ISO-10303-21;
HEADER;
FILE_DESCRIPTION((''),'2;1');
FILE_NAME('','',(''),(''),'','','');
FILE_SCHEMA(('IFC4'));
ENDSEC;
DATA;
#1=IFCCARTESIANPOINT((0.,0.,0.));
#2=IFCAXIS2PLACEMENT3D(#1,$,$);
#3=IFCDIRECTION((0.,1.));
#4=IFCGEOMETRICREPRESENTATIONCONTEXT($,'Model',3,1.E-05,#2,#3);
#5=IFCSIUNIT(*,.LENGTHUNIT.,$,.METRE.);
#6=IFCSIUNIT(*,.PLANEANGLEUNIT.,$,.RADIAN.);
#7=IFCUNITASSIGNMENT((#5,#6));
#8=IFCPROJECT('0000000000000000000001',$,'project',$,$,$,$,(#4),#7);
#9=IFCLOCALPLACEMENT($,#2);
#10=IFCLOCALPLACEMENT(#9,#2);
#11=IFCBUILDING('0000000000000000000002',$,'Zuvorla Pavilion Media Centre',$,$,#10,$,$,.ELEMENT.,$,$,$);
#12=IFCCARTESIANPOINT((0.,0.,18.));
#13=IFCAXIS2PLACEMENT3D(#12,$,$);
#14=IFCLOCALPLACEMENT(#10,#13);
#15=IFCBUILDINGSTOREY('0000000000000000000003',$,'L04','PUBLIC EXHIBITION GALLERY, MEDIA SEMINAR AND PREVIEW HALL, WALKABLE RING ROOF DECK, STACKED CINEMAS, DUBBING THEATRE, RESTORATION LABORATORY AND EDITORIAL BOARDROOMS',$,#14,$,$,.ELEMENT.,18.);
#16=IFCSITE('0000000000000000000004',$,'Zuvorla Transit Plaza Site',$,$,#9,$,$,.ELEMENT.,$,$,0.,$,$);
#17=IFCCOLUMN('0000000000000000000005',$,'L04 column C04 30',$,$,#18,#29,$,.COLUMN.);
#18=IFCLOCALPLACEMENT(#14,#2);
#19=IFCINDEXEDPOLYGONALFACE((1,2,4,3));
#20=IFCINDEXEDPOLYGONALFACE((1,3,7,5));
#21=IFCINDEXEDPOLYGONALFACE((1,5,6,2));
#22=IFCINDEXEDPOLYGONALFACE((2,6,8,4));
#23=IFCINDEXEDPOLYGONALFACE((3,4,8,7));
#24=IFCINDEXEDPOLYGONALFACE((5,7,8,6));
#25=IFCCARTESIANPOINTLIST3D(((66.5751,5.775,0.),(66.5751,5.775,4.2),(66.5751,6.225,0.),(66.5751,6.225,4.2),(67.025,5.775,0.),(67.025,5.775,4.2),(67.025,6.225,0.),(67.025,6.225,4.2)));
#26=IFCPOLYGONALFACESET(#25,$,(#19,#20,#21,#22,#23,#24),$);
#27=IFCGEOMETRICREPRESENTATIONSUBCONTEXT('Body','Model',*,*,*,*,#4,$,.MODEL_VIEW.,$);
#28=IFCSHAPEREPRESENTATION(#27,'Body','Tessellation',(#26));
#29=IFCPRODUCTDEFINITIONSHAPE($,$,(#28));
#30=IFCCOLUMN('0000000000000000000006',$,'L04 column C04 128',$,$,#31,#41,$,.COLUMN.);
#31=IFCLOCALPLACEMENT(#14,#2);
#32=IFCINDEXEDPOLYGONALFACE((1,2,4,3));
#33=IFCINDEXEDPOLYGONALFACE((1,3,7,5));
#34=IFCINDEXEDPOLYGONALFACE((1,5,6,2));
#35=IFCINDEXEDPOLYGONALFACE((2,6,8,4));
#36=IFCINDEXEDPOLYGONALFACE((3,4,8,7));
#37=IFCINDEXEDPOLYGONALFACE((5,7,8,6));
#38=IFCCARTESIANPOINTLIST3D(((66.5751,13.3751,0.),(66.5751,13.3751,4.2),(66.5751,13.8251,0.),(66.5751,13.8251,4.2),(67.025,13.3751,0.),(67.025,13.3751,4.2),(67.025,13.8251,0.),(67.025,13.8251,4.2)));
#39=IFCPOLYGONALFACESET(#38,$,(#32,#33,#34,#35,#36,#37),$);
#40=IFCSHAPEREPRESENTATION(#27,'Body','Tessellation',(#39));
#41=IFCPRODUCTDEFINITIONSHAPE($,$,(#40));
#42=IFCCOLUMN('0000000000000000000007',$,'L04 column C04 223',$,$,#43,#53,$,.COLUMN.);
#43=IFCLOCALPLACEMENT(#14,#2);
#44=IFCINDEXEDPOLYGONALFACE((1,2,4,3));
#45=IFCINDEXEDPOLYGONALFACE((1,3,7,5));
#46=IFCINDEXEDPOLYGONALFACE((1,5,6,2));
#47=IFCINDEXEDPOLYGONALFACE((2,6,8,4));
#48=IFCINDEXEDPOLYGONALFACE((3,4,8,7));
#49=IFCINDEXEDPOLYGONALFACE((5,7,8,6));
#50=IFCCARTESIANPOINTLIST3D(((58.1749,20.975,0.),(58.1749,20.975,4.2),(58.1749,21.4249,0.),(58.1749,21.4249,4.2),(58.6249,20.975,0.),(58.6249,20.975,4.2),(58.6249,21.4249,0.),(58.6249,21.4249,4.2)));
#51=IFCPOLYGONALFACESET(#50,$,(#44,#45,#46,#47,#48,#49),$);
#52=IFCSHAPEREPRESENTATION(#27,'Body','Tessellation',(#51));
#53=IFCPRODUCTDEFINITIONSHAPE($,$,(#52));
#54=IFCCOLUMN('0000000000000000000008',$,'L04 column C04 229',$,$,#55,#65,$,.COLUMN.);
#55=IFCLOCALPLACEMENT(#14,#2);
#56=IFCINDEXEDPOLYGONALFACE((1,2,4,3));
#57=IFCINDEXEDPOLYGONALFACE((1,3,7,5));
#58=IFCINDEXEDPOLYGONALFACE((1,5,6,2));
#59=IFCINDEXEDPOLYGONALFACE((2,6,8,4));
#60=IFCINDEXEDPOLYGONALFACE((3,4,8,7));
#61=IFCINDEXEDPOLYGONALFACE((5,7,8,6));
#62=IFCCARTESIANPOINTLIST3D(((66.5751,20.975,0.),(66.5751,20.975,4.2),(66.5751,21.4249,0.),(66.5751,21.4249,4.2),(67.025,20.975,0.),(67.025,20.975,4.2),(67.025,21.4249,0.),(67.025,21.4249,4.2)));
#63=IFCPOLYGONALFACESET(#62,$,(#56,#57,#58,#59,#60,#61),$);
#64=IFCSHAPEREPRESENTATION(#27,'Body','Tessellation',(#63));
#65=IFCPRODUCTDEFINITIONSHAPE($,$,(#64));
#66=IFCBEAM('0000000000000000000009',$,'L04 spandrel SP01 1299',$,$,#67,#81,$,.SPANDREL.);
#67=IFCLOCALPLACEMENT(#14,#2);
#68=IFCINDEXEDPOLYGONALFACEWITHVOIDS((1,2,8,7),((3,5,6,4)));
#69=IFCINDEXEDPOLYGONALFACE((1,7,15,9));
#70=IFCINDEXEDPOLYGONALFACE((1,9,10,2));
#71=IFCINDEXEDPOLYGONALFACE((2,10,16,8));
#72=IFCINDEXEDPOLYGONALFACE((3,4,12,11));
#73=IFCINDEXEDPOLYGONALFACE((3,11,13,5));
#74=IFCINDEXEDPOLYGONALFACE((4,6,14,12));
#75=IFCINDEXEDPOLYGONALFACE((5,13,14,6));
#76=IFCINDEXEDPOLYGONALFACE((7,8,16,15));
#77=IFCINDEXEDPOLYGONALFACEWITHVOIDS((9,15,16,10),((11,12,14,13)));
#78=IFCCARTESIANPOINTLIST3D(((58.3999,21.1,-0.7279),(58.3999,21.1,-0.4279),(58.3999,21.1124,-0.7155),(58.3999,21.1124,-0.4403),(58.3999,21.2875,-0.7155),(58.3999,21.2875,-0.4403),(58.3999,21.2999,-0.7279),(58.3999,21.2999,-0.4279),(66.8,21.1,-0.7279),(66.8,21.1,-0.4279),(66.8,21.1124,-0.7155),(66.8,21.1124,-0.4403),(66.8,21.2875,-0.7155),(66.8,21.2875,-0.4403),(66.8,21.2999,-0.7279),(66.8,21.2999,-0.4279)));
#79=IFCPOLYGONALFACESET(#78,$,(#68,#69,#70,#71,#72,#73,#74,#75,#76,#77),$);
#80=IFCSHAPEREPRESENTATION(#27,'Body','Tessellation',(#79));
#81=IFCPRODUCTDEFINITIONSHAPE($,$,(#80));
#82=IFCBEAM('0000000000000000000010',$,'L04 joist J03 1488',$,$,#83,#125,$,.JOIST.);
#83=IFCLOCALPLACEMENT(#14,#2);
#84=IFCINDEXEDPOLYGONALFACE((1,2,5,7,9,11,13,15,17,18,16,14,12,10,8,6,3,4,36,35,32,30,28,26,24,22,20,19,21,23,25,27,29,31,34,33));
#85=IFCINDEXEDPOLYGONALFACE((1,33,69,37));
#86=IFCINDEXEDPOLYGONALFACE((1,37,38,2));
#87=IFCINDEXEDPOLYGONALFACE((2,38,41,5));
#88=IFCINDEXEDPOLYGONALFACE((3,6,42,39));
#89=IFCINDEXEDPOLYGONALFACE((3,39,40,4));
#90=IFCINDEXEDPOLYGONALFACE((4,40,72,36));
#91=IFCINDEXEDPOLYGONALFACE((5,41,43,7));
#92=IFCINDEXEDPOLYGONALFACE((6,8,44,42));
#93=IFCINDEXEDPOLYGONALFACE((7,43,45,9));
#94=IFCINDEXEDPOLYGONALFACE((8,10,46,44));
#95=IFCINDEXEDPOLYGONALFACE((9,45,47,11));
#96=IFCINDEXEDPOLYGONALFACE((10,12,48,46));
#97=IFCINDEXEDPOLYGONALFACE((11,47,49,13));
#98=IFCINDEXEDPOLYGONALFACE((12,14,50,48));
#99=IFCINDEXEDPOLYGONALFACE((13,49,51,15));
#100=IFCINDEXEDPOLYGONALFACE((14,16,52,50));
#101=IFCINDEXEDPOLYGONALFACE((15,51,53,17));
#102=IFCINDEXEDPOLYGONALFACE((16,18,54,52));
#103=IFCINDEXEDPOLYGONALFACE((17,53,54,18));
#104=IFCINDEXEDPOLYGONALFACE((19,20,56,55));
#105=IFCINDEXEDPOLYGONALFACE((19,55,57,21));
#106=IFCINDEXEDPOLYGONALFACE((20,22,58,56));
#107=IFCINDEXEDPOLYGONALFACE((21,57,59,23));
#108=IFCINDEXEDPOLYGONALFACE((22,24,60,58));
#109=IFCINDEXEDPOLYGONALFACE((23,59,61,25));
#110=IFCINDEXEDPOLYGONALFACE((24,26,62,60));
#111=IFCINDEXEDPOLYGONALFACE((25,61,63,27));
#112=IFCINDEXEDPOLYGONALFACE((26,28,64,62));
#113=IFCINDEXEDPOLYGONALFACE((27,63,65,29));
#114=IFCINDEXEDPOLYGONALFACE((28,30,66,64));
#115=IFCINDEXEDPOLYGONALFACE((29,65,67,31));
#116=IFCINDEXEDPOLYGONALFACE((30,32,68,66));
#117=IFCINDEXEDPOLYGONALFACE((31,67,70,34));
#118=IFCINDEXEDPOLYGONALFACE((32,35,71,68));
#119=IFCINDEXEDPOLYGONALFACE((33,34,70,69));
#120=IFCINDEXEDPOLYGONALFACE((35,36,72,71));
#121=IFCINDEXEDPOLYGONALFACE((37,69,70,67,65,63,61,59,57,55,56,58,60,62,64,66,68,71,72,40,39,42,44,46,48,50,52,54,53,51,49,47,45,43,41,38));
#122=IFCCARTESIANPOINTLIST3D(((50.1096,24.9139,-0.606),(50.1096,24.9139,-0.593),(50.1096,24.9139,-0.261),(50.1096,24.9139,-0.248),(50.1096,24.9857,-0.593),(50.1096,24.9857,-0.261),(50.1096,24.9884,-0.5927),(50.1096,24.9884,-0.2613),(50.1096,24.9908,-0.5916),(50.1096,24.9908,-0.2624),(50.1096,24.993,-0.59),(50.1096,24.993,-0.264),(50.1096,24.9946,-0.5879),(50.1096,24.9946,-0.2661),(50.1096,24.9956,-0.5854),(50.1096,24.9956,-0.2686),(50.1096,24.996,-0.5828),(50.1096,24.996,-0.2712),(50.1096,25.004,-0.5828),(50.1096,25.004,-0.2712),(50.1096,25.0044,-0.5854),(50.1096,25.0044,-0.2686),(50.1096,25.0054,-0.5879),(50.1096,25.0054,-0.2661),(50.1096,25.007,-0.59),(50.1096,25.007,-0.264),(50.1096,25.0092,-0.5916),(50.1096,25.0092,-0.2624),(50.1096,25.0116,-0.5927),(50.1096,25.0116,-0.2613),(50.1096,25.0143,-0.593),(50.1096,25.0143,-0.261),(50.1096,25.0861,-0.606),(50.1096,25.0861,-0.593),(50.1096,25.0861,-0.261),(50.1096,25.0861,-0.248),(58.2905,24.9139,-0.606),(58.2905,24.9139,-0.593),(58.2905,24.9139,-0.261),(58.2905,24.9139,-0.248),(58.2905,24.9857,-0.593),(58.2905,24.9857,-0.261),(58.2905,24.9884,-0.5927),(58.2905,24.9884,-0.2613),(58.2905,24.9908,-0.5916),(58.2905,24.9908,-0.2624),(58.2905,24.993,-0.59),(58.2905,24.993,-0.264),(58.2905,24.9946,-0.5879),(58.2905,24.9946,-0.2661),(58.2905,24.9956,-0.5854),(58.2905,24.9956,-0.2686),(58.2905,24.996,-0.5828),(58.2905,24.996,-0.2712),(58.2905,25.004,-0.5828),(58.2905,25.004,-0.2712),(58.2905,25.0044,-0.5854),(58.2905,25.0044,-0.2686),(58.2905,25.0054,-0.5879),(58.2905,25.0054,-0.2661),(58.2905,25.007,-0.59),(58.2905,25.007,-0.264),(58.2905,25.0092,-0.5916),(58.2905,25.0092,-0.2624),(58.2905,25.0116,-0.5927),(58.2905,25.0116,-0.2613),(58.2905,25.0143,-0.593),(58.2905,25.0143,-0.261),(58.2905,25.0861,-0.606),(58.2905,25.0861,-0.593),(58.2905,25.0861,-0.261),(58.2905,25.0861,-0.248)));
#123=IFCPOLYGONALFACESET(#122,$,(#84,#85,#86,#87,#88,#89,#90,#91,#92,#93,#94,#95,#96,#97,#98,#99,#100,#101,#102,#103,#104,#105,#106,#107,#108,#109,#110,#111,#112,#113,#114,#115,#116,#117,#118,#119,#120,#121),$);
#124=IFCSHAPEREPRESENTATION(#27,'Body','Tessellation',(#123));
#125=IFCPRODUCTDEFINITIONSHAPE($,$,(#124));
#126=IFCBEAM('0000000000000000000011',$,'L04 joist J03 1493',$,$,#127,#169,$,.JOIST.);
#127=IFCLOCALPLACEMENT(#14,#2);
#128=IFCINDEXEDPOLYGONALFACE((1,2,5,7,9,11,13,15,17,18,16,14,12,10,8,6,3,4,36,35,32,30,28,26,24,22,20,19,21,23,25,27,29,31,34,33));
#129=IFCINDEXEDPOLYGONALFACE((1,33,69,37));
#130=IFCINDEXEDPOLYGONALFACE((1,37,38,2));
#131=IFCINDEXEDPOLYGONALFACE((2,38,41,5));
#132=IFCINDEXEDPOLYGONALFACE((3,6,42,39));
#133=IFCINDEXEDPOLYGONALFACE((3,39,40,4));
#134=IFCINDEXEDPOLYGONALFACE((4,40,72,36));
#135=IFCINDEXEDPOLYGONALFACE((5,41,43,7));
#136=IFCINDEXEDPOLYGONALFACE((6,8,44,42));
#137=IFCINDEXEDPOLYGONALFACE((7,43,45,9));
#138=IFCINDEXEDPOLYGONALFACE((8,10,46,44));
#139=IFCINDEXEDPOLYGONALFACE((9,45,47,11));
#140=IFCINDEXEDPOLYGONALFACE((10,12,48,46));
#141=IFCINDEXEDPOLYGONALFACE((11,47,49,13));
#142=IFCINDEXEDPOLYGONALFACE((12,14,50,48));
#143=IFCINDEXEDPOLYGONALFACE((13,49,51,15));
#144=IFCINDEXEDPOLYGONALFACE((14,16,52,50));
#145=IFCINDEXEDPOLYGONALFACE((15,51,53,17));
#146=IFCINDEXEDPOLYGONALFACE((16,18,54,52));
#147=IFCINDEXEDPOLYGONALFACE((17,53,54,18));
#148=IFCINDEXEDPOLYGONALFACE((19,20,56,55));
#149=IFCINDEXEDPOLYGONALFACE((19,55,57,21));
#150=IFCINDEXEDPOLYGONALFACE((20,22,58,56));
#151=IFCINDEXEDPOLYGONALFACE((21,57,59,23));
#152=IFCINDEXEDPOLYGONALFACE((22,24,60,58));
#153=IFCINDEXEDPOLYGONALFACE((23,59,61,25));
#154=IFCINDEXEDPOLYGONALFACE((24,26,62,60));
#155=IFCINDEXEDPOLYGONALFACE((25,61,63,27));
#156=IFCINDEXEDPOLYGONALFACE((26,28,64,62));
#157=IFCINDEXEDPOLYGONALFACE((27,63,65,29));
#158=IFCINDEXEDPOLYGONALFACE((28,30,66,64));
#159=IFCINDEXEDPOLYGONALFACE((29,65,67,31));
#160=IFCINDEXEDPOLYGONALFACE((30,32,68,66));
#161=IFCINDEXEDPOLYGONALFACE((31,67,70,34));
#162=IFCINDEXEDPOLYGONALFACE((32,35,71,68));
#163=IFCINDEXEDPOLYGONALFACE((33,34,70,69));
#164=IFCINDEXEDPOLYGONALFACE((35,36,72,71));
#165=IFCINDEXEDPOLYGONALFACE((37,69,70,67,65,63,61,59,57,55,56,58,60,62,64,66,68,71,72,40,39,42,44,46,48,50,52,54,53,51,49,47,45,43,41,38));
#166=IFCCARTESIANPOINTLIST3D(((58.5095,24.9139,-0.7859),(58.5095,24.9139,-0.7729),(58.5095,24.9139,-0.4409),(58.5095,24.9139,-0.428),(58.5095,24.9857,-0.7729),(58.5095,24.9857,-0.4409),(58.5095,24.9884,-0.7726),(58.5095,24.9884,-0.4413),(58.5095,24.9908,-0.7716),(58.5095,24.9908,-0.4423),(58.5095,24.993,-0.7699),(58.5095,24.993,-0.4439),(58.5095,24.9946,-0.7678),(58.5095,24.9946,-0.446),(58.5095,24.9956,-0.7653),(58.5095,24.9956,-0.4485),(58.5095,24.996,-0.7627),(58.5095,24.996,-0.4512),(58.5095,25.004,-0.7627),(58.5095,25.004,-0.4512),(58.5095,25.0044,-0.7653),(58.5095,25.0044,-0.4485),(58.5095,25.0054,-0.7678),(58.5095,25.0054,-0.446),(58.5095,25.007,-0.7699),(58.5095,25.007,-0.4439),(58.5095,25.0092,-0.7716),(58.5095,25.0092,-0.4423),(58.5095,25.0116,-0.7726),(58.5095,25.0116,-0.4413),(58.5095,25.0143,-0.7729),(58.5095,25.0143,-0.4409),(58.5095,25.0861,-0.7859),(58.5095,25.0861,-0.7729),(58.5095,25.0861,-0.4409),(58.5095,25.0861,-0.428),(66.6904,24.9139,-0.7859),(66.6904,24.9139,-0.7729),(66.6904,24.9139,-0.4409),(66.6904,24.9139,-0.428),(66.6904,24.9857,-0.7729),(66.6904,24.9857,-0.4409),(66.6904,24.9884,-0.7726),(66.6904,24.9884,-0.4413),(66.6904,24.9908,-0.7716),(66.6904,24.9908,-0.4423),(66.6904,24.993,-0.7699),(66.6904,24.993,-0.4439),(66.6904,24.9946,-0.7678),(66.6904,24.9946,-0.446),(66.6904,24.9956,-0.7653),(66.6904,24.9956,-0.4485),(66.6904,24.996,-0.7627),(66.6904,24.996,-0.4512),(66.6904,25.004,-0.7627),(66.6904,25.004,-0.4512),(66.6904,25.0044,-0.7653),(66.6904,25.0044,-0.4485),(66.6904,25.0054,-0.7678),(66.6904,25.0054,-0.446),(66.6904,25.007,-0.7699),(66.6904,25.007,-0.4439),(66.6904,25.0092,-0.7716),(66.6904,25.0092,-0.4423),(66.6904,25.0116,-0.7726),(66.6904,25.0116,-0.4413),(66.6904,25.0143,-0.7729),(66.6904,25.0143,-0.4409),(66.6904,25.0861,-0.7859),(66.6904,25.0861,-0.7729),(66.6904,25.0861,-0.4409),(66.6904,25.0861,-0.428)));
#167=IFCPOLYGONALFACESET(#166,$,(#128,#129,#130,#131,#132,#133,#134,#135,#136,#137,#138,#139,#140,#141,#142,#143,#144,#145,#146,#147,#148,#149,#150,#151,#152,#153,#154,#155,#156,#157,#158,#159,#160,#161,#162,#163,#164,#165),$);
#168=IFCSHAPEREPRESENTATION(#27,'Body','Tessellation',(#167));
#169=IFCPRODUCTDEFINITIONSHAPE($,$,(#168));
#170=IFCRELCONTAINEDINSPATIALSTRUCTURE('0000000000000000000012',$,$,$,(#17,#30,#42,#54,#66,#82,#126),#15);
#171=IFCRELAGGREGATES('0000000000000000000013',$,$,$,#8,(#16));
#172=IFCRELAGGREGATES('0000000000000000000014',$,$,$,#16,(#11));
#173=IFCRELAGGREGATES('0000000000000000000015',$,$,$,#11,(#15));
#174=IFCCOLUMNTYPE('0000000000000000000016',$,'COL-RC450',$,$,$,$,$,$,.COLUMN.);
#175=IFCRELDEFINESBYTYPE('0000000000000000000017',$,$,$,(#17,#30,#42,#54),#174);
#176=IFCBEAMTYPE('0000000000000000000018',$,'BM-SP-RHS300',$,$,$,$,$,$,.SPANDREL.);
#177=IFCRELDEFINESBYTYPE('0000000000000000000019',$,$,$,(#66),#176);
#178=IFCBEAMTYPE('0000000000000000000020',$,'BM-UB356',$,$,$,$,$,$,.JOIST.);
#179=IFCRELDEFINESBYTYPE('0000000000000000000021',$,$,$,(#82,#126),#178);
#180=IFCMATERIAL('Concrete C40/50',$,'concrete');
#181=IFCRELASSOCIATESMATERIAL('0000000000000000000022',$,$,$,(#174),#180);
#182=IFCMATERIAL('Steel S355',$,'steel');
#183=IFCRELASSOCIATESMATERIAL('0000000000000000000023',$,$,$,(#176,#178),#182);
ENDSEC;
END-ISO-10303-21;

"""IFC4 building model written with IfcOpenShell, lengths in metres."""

from ifc_helpers import new_model, si_unit, direction, frame, origin, origin_2d, place, context, subcontext, project, spatial, rectangle, hollow_rectangle, i_section, extrude, material, material_profile, profile_set, type_object, element, save


model = new_model("IFC4")

# Units and contexts
model_context = context("Model", 3, precision=1e-05, world=origin(), true_north=direction((0.0, 1.0)))
body_context = subcontext(model_context, "Body", "Model", "MODEL_VIEW")
ifc_project = project(units=[si_unit("LENGTHUNIT", "METRE"), si_unit("PLANEANGLEUNIT", "RADIAN")], contexts=[model_context])

# Site, building, storey
site_placement = place(None, origin())
site = spatial("IfcSite", under=ifc_project, at=site_placement, Name="Zuvorla Transit Plaza Site", CompositionType="ELEMENT", RefElevation=0.0)
building_placement = place(site_placement, origin())
building = spatial("IfcBuilding", under=site, at=building_placement, Name="Zuvorla Pavilion Media Centre", CompositionType="ELEMENT")
storey_placement = place(building_placement, frame((0.0, 0.0, 18.0)))
storey = spatial("IfcBuildingStorey", under=building, at=storey_placement, Name="L04", Description="PUBLIC EXHIBITION GALLERY, MEDIA SEMINAR AND PREVIEW HALL, WALKABLE RING ROOF DECK, STACKED CINEMAS, DUBBING THEATRE, RESTORATION LABORATORY AND EDITORIAL BOARDROOMS", CompositionType="ELEMENT", Elevation=18.0)

# Columns
ifc_material_1 = material(Name="Concrete C40/50", Category="concrete")
ifc_material_profile_1 = material_profile(ifc_material_1, rectangle(XDim=0.45, YDim=0.45, at=origin_2d()), Name="RC 450x450")
ifc_profile_set_1 = profile_set([ifc_material_profile_1], Name="Concrete C40/50")
column_type = type_object("IfcColumnType", Name="COL-RC450", PredefinedType="COLUMN", material=ifc_profile_set_1)
for number, where, z_axis, x_axis, name in (
    (1, (66.8, 6.0, 0.0), (0.0, 0.0, 1.0), (1.0, 0.0, 0.0), "L04 column C04 30"),
    (2, (66.8, 13.6001, 0.0), (0.0, 0.0, 1.0), (1.0, 0.0, 0.0), "L04 column C04 128"),
    (3, (58.3999, 21.2, 0.0), (0.0, 0.0, 1.0), (1.0, 0.0, 0.0), "L04 column C04 223"),
    (4, (66.8, 21.2, 0.0), (0.0, 0.0, 1.0), (1.0, 0.0, 0.0), "L04 column C04 229"),
):
    element("IfcColumn", number, at=place(storey_placement, frame(where, z_axis=z_axis, x_axis=x_axis)), inside=storey, type_object=column_type, Name=name, PredefinedType="COLUMN", context=body_context, shape_type="SweptSolid", body=[
        extrude(rectangle(XDim=0.45, YDim=0.45, at=origin_2d()), origin(), (0.0, 0.0, 1.0), 4.2),
    ])

# Beams
ifc_material_2 = material(Name="Steel S355", Category="steel")
ifc_material_profile_2 = material_profile(ifc_material_2, hollow_rectangle(XDim=0.2, YDim=0.3, WallThickness=0.0125, at=origin_2d()), Name="RHS 300x200x12.5")
ifc_profile_set_2 = profile_set([ifc_material_profile_2], Name="Steel S355")
beam_type_1 = type_object("IfcBeamType", Name="BM-SP-RHS300", PredefinedType="SPANDREL", material=ifc_profile_set_2)
beam_1_placement = place(storey_placement, frame((58.3999, 21.2, -0.5779), z_axis=(1.0, 0.0, 0.0), x_axis=(0.0, 1.0, 0.0)))
element("IfcBeam", 5, at=beam_1_placement, inside=storey, type_object=beam_type_1, Name="L04 spandrel SP01 1299", PredefinedType="SPANDREL", context=body_context, shape_type="SweptSolid", body=[
    extrude(hollow_rectangle(XDim=0.2, YDim=0.3, WallThickness=0.0125, at=origin_2d()), origin(), (0.0, 0.0, 1.0), 8.4001),
])
ifc_material_profile_3 = material_profile(ifc_material_2, i_section(OverallWidth=0.1721, OverallDepth=0.3579, WebThickness=0.0081, FlangeThickness=0.0129, FilletRadius=0.0103, at=origin_2d()), Name="UB 356x171x57")
ifc_profile_set_3 = profile_set([ifc_material_profile_3], Name="Steel S355")
beam_type_2 = type_object("IfcBeamType", Name="BM-UB356", PredefinedType="JOIST", material=ifc_profile_set_3)
for number, where, z_axis, x_axis, name in (
    (6, (50.1096, 25.0, -0.427), (1.0, 0.0, 0.0), (0.0, 1.0, 0.0), "L04 joist J03 1488"),
    (7, (58.5095, 25.0, -0.6069), (1.0, 0.0, 0.0), (0.0, 1.0, 0.0), "L04 joist J03 1493"),
):
    element("IfcBeam", number, at=place(storey_placement, frame(where, z_axis=z_axis, x_axis=x_axis)), inside=storey, type_object=beam_type_2, Name=name, PredefinedType="JOIST", context=body_context, shape_type="SweptSolid", body=[
        extrude(i_section(OverallWidth=0.1721, OverallDepth=0.3579, WebThickness=0.0081, FlangeThickness=0.0129, FilletRadius=0.0103, at=origin_2d()), origin(), (0.0, 0.0, 1.0), 8.1809),
    ])

save(model, "model.ifc")
